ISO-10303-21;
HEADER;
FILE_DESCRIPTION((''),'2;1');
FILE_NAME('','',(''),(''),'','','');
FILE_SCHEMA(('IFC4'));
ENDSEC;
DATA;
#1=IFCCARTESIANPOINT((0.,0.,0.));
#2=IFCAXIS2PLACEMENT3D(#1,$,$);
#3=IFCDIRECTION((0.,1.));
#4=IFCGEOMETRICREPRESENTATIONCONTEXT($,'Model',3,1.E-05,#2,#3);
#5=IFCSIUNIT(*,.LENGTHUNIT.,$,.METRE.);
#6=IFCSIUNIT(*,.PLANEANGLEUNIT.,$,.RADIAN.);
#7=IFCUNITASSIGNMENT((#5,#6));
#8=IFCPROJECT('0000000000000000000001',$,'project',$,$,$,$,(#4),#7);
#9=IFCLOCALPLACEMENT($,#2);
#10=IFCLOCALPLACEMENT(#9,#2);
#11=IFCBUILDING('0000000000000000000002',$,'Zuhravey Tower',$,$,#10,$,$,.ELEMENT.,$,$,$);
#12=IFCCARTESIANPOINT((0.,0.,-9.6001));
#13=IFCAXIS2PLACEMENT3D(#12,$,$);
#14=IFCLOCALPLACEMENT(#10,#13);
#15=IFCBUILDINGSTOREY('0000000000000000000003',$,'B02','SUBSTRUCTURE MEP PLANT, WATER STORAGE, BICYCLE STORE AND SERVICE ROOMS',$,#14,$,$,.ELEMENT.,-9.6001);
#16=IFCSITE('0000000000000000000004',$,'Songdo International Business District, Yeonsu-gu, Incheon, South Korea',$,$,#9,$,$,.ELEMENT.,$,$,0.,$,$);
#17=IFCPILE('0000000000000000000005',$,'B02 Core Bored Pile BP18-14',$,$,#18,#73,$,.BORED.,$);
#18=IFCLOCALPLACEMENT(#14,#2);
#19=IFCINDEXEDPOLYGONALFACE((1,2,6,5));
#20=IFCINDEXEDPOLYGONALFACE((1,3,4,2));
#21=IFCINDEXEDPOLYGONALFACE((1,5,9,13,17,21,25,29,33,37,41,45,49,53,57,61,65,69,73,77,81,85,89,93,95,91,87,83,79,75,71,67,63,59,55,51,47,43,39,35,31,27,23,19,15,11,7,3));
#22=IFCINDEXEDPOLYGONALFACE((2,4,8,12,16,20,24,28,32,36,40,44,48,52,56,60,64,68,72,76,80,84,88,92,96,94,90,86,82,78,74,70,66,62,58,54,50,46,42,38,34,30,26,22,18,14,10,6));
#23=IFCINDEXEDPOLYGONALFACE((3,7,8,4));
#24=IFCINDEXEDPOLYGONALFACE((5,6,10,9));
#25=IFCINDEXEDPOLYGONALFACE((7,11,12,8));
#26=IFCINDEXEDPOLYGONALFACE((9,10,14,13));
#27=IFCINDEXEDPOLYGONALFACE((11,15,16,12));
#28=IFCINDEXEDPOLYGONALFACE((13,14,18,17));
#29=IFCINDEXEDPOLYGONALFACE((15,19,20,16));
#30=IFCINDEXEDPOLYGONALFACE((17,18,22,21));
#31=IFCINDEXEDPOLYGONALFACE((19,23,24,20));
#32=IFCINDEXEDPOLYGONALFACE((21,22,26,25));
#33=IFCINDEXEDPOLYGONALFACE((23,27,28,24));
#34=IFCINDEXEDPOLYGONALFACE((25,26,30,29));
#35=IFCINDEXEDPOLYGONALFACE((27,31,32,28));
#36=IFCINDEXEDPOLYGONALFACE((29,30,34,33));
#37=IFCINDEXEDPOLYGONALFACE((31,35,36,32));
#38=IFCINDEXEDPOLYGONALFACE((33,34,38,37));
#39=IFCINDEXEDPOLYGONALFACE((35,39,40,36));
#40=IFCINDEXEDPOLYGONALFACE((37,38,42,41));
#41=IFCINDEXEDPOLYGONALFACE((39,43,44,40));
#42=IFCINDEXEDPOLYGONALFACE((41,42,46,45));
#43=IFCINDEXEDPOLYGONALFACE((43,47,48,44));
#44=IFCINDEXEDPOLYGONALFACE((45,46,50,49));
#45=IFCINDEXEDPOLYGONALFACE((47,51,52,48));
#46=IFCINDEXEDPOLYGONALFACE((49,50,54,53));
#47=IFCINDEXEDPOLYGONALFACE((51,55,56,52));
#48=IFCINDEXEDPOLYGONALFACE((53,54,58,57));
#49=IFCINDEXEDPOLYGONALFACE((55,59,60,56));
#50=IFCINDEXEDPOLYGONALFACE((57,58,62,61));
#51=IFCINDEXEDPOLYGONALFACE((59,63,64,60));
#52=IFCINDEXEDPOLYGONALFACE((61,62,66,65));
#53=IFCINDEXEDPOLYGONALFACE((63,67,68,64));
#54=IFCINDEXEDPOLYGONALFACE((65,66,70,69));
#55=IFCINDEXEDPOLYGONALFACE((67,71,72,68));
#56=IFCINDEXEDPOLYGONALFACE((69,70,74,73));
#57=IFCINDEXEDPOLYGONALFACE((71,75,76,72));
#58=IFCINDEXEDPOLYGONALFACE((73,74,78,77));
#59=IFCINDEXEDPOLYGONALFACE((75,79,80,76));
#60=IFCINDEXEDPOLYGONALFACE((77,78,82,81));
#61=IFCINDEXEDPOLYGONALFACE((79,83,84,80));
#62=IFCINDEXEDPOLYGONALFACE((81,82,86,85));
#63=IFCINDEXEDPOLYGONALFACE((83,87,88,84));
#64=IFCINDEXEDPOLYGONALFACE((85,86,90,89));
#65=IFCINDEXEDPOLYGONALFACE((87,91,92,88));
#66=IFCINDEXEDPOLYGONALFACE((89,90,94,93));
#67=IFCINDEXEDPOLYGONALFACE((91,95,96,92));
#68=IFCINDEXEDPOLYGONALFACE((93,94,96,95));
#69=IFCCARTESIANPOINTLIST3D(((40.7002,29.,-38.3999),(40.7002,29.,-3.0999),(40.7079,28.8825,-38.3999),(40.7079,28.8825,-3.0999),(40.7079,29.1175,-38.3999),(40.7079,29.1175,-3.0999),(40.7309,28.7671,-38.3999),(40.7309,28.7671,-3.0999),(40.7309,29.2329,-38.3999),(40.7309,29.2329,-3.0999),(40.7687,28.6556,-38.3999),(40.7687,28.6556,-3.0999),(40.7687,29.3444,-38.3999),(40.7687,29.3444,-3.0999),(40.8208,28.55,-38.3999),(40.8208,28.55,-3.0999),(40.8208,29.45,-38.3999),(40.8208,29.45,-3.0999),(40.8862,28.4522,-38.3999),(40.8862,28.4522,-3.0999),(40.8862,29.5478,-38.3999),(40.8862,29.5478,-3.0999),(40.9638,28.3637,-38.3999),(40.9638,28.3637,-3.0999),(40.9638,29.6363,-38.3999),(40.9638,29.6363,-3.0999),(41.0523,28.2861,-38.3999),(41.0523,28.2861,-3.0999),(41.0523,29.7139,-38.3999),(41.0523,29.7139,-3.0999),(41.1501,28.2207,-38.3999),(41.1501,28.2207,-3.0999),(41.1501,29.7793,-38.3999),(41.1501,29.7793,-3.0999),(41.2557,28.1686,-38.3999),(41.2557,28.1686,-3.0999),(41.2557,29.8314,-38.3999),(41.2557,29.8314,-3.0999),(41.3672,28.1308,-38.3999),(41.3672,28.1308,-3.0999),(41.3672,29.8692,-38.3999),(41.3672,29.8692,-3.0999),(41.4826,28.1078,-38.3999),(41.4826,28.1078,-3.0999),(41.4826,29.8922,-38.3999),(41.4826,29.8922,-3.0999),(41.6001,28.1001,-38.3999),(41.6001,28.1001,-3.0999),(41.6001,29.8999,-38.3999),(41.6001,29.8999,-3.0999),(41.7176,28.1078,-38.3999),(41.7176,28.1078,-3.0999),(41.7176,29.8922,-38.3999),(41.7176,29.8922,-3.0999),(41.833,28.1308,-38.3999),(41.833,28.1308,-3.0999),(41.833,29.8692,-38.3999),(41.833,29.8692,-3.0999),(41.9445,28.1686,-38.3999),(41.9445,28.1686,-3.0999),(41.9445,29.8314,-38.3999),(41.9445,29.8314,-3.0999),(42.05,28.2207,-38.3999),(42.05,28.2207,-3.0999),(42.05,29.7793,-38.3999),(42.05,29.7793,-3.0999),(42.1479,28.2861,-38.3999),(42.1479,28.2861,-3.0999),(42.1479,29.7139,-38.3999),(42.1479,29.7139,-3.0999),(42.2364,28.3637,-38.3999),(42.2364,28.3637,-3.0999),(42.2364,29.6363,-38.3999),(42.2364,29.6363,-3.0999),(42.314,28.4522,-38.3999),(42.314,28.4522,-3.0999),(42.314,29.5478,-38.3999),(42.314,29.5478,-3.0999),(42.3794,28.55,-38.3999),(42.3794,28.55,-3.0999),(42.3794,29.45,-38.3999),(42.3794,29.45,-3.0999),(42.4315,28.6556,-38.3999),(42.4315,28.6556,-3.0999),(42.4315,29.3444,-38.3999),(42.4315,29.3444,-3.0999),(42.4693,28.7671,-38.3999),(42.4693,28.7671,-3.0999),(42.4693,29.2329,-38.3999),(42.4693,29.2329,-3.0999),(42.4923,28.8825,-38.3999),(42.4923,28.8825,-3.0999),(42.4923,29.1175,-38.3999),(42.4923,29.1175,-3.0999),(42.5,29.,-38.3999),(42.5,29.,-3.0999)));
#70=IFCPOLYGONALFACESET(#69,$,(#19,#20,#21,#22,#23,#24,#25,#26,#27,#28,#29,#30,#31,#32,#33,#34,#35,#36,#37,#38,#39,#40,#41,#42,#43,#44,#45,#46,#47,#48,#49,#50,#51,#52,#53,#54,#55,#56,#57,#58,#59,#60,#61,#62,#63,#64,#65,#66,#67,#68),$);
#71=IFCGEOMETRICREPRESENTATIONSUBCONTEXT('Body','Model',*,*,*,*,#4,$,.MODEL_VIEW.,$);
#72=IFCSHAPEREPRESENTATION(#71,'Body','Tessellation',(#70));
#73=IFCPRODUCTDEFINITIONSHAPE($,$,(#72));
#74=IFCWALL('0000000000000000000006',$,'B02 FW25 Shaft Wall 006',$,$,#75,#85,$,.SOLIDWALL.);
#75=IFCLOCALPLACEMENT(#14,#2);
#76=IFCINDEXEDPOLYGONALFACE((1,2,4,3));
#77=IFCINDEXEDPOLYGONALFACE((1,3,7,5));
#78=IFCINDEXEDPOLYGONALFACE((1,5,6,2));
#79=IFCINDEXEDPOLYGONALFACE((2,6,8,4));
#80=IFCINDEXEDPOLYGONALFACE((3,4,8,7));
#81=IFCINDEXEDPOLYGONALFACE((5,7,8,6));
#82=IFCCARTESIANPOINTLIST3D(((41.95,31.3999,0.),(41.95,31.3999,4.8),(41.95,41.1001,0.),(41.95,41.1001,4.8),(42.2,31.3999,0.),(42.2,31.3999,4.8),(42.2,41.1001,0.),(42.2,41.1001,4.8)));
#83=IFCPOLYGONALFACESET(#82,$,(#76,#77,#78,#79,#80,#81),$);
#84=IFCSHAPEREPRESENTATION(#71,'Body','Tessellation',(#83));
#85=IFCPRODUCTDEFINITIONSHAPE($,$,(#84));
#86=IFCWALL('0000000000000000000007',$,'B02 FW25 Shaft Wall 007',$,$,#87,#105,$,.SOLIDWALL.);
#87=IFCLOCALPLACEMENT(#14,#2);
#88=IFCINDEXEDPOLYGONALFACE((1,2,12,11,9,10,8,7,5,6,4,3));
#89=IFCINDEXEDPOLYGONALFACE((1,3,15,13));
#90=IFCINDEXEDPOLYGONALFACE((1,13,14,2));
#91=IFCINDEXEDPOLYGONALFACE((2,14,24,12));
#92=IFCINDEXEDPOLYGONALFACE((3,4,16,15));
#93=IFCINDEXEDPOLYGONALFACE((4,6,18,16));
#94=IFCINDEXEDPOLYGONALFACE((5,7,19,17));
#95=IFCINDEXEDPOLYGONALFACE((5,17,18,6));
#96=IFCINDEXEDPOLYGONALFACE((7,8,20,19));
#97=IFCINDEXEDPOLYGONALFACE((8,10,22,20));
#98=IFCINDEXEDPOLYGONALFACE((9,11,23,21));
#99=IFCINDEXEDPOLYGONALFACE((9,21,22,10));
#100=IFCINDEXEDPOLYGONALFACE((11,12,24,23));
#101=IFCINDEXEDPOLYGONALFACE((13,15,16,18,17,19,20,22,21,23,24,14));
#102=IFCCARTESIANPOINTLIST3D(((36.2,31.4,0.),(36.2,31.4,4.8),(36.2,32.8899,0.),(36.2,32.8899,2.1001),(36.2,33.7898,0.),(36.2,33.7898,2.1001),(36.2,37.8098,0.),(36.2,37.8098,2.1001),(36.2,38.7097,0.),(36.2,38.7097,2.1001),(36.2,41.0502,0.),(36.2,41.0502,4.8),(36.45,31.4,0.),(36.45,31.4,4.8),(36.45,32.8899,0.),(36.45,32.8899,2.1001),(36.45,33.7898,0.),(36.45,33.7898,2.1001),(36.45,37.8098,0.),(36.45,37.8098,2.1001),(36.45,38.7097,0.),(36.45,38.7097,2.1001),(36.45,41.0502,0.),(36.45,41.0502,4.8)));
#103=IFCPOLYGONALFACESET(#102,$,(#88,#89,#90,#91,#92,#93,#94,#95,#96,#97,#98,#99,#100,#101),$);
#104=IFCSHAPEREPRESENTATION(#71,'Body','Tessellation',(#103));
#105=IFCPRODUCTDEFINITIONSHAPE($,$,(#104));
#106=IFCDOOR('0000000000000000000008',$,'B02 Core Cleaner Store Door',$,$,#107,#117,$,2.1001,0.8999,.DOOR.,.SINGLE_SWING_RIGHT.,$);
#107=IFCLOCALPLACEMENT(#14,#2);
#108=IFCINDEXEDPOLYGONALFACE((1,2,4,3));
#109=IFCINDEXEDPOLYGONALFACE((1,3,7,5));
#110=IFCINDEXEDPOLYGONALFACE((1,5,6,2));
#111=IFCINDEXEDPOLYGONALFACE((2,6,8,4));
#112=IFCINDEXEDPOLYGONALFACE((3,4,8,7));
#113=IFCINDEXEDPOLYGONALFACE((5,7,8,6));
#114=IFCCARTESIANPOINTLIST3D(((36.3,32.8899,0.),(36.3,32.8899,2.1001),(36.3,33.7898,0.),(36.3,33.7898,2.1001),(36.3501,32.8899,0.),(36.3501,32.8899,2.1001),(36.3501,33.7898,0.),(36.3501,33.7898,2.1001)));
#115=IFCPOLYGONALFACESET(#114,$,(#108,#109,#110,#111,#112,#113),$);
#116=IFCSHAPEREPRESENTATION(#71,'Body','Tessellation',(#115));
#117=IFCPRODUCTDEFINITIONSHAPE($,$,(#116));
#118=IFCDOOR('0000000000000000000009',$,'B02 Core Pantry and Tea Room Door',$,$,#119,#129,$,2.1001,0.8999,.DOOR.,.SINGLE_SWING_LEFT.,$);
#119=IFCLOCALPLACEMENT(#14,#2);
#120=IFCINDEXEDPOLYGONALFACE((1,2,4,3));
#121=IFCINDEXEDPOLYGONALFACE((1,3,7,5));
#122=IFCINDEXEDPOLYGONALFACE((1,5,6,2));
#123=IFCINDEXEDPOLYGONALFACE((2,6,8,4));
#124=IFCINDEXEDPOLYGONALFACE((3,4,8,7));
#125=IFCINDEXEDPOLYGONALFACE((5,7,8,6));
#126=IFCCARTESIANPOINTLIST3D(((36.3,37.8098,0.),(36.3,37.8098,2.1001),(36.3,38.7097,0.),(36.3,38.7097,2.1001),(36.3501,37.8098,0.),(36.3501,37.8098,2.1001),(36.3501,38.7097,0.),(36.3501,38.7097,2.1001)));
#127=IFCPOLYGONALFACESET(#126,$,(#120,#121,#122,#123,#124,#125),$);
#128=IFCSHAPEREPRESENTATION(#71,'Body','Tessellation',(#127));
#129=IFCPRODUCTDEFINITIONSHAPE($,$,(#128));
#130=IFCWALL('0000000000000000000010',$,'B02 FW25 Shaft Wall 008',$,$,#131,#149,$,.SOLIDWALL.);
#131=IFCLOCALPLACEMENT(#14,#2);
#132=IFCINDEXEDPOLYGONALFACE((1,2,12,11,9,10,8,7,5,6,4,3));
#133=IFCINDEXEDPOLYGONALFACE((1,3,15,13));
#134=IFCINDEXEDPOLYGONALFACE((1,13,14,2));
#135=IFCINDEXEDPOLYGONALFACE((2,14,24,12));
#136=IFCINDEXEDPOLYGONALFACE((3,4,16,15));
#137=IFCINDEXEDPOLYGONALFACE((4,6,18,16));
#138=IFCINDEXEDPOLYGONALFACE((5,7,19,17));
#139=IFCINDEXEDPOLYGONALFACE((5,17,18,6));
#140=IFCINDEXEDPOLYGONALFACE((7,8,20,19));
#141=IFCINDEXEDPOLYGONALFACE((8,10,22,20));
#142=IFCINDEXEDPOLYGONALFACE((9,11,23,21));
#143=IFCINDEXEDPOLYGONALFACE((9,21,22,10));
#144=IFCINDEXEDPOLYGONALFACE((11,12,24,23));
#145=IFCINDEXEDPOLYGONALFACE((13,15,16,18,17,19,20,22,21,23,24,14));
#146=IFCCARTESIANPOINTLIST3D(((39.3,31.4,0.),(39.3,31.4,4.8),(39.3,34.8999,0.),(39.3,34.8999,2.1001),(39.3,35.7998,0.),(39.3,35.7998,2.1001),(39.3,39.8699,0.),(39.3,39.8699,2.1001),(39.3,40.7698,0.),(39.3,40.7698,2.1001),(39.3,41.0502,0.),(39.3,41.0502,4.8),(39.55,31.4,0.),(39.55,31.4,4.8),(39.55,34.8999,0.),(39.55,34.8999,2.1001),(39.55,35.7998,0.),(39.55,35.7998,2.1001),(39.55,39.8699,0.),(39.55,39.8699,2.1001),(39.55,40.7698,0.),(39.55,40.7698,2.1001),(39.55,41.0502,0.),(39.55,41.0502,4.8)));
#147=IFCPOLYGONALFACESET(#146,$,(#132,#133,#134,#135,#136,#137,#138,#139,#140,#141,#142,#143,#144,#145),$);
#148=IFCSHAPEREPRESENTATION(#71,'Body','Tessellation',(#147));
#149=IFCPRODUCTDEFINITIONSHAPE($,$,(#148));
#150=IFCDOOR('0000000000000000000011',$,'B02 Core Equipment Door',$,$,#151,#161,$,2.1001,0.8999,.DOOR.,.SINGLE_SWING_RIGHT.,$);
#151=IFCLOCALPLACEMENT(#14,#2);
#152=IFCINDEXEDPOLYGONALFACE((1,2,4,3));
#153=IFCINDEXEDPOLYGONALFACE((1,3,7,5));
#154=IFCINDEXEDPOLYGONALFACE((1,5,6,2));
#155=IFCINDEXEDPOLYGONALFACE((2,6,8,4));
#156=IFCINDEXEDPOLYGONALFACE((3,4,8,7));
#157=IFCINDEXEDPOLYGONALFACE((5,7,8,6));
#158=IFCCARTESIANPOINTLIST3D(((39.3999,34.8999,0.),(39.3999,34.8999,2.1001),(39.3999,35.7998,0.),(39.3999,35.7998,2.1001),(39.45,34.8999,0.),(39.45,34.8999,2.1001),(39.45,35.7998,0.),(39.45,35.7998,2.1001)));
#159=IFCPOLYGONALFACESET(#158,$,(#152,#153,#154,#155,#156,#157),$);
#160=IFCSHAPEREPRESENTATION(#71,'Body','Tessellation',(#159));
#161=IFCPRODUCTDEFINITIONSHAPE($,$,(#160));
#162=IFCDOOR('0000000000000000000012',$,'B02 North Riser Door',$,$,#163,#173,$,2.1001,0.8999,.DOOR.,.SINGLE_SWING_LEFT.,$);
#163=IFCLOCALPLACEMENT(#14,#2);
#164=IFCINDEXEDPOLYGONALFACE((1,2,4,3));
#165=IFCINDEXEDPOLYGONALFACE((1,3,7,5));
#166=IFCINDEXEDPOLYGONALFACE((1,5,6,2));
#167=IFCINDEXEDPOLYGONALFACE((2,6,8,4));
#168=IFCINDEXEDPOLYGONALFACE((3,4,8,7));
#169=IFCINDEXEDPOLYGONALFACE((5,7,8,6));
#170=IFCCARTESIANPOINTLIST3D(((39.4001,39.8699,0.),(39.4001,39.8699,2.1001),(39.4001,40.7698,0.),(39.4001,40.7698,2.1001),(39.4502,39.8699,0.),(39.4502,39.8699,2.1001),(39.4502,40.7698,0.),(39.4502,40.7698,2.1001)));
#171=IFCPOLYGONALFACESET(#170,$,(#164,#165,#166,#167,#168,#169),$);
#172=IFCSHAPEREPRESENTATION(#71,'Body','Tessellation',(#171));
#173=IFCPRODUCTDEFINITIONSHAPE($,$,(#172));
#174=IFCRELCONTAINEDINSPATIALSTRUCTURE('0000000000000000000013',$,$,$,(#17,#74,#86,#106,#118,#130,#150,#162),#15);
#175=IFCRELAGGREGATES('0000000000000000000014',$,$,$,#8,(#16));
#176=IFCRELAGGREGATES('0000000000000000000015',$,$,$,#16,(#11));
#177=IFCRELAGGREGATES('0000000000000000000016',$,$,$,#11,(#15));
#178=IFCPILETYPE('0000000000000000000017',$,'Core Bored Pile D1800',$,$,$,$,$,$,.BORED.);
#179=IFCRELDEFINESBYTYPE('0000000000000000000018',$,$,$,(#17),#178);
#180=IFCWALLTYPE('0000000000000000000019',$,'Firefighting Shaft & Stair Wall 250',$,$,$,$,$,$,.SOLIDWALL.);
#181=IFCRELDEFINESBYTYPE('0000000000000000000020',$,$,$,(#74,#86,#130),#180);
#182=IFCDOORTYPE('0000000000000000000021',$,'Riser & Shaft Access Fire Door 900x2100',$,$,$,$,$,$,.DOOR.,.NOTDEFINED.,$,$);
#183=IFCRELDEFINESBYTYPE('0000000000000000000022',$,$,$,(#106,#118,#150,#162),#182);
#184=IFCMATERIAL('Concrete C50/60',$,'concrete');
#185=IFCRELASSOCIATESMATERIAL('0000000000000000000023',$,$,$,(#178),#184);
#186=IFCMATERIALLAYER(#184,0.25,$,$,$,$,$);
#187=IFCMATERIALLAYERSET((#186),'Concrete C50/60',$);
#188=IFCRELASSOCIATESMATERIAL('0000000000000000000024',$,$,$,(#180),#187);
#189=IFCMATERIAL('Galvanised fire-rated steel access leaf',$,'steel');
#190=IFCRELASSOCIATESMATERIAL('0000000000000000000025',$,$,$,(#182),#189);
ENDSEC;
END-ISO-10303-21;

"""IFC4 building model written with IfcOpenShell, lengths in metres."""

from ifc_helpers import new_model, si_unit, direction, frame, frame_2d, origin, origin_2d, place, context, subcontext, project, spatial, rectangle, circle, extrude, material, layer, layer_set, material_profile, profile_set, type_object, element, fill, save


model = new_model("IFC4")

# Units and contexts
model_context = context("Model", 3, precision=1e-05, world=origin(), true_north=direction((0.0, 1.0)))
body_context = subcontext(model_context, "Body", "Model", "MODEL_VIEW")
ifc_project = project(units=[si_unit("LENGTHUNIT", "METRE"), si_unit("PLANEANGLEUNIT", "RADIAN")], contexts=[model_context])

# Site, building, storey
site_placement = place(None, origin())
site = spatial("IfcSite", under=ifc_project, at=site_placement, Name="Songdo International Business District, Yeonsu-gu, Incheon, South Korea", CompositionType="ELEMENT", RefElevation=0.0)
building_placement = place(site_placement, origin())
building = spatial("IfcBuilding", under=site, at=building_placement, Name="Zuhravey Tower", CompositionType="ELEMENT")
storey_placement = place(building_placement, frame((0.0, 0.0, -9.6001)))
storey = spatial("IfcBuildingStorey", under=building, at=storey_placement, Name="B02", Description="SUBSTRUCTURE MEP PLANT, WATER STORAGE, BICYCLE STORE AND SERVICE ROOMS", CompositionType="ELEMENT", Elevation=-9.6001)

# Pile
ifc_material_1 = material(Name="Concrete C50/60", Category="concrete")
ifc_material_profile = material_profile(ifc_material_1, circle(Radius=0.8999, at=origin_2d()), Name="PILE-D1800")
ifc_profile_set = profile_set([ifc_material_profile], Name="Concrete C50/60")
pile_type = type_object("IfcPileType", Name="Core Bored Pile D1800", PredefinedType="BORED", material=ifc_profile_set)
for number, where, z_axis, x_axis, name in (
    (1, (41.6001, 29.0, -3.0999), (0.0, 0.0, -1.0), (1.0, 0.0, 0.0), "B02 Core Bored Pile BP18-14"),
):
    element("IfcPile", number, at=place(storey_placement, frame(where, z_axis=z_axis, x_axis=x_axis)), inside=storey, type_object=pile_type, Name=name, PredefinedType="BORED", context=body_context, shape_type="SweptSolid", body=[
        extrude(circle(Radius=0.8999, at=origin_2d()), origin(), (0.0, 0.0, 1.0), 35.3),
    ])

# Wall
ifc_layer = layer(ifc_material_1, 0.25)
ifc_layer_set = layer_set([ifc_layer], Name="Concrete C50/60")
wall_type = type_object("IfcWallType", Name="Firefighting Shaft & Stair Wall 250", PredefinedType="SOLIDWALL", material=ifc_layer_set)
wall_1_placement = place(storey_placement, frame((42.075, 31.3999, 0.0), z_axis=(0.0, 0.0, 1.0), x_axis=(0.0, 1.0, 0.0)))
element("IfcWall", 2, at=wall_1_placement, inside=storey, type_object=wall_type, Name="B02 FW25 Shaft Wall 006", PredefinedType="SOLIDWALL", context=body_context, shape_type="SweptSolid", body=[
    extrude(rectangle(XDim=9.7002, YDim=0.25, at=frame_2d((4.8501, 0.0))), origin(), (0.0, 0.0, 1.0), 4.8),
])

# Walls, openings, doors
wall_2_placement = place(storey_placement, frame((36.325, 31.3999, 0.0), z_axis=(0.0, 0.0, 1.0), x_axis=(0.0, 1.0, 0.0)))
wall_2 = element("IfcWall", 3, at=wall_2_placement, inside=storey, type_object=wall_type, Name="B02 FW25 Shaft Wall 007", PredefinedType="SOLIDWALL", context=body_context, shape_type="SweptSolid", body=[
    extrude(rectangle(XDim=9.6501, YDim=0.25, at=frame_2d((4.8252, 0.0))), origin(), (0.0, 0.0, 1.0), 4.8),
])
opening_1_placement = place(wall_2_placement, frame((1.49, 0.0, 0.0)))
opening_1 = element("IfcOpeningElement", 4, at=opening_1_placement, cuts=wall_2, PredefinedType="OPENING", context=body_context, shape_type="SweptSolid", body=[
    extrude(rectangle(XDim=0.8999, YDim=2.1001, at=frame_2d((0.45, 1.05))), frame((0.0, 0.137, 0.0), z_axis=(0.0, -1.0, 0.0), x_axis=(1.0, 0.0, 0.0)), (0.0, 0.0, 1.0), 0.2739),
])
opening_2_placement = place(wall_2_placement, frame((6.4099, 0.0, 0.0)))
opening_2 = element("IfcOpeningElement", 5, at=opening_2_placement, cuts=wall_2, PredefinedType="OPENING", context=body_context, shape_type="SweptSolid", body=[
    extrude(rectangle(XDim=0.8999, YDim=2.1001, at=frame_2d((0.45, 1.05))), frame((0.0, 0.137, 0.0), z_axis=(0.0, -1.0, 0.0), x_axis=(1.0, 0.0, 0.0)), (0.0, 0.0, 1.0), 0.2739),
])
ifc_material_2 = material(Name="Galvanised fire-rated steel access leaf", Category="steel")
door_type_1 = type_object("IfcDoorType", Name="Riser & Shaft Access Fire Door 900x2100", OperationType="NOTDEFINED", PredefinedType="DOOR", material=ifc_material_2)
door_1_placement = place(opening_1_placement, origin())
door_1 = element("IfcDoor", 6, at=door_1_placement, inside=storey, type_object=door_type_1, Name="B02 Core Cleaner Store Door", OperationType="SINGLE_SWING_RIGHT", OverallHeight=2.1001, OverallWidth=0.8999, PredefinedType="DOOR", context=body_context, shape_type="SweptSolid", body=[
    extrude(rectangle(XDim=0.8999, YDim=2.1001, at=frame_2d((0.45, 1.05))), frame((0.0, 0.0249, 0.0), z_axis=(0.0, -1.0, 0.0), x_axis=(1.0, 0.0, 0.0)), (0.0, 0.0, 1.0), 0.05),
])
fill(opening_1, door_1)
door_2_placement = place(opening_2_placement, origin())
door_2 = element("IfcDoor", 7, at=door_2_placement, inside=storey, type_object=door_type_1, Name="B02 Core Pantry and Tea Room Door", OperationType="SINGLE_SWING_LEFT", OverallHeight=2.1001, OverallWidth=0.8999, PredefinedType="DOOR", context=body_context, shape_type="SweptSolid", body=[
    extrude(rectangle(XDim=0.8999, YDim=2.1001, at=frame_2d((0.45, 1.05))), frame((0.0, 0.0249, 0.0), z_axis=(0.0, -1.0, 0.0), x_axis=(1.0, 0.0, 0.0)), (0.0, 0.0, 1.0), 0.05),
])
fill(opening_2, door_2)
wall_3_placement = place(storey_placement, frame((39.425, 31.3999, 0.0), z_axis=(0.0, 0.0, 1.0), x_axis=(0.0, 1.0, 0.0)))
wall_3 = element("IfcWall", 8, at=wall_3_placement, inside=storey, type_object=wall_type, Name="B02 FW25 Shaft Wall 008", PredefinedType="SOLIDWALL", context=body_context, shape_type="SweptSolid", body=[
    extrude(rectangle(XDim=9.6501, YDim=0.25, at=frame_2d((4.8252, 0.0))), origin(), (0.0, 0.0, 1.0), 4.8),
])
opening_3_placement = place(wall_3_placement, frame((3.5, 0.0, 0.0)))
opening_3 = element("IfcOpeningElement", 9, at=opening_3_placement, cuts=wall_3, PredefinedType="OPENING", context=body_context, shape_type="SweptSolid", body=[
    extrude(rectangle(XDim=0.8999, YDim=2.1001, at=frame_2d((0.45, 1.05))), frame((0.0, 0.137, 0.0), z_axis=(0.0, -1.0, 0.0), x_axis=(1.0, 0.0, 0.0)), (0.0, 0.0, 1.0), 0.2739),
])
opening_4_placement = place(wall_3_placement, frame((8.47, 0.0, 0.0)))
opening_4 = element("IfcOpeningElement", 10, at=opening_4_placement, cuts=wall_3, PredefinedType="OPENING", context=body_context, shape_type="SweptSolid", body=[
    extrude(rectangle(XDim=0.8999, YDim=2.1001, at=frame_2d((0.45, 1.05))), frame((0.0, 0.137, 0.0), z_axis=(0.0, -1.0, 0.0), x_axis=(1.0, 0.0, 0.0)), (0.0, 0.0, 1.0), 0.2739),
])
door_3_placement = place(opening_3_placement, frame((0.8999, 0.0, 0.0), z_axis=(0.0, 0.0, 1.0), x_axis=(-1.0, 0.0, 0.0)))
door_3 = element("IfcDoor", 11, at=door_3_placement, inside=storey, type_object=door_type_1, Name="B02 Core Equipment Door", OperationType="SINGLE_SWING_RIGHT", OverallHeight=2.1001, OverallWidth=0.8999, PredefinedType="DOOR", context=body_context, shape_type="SweptSolid", body=[
    extrude(rectangle(XDim=0.8999, YDim=2.1001, at=frame_2d((0.45, 1.05))), frame((0.0, 0.0249, 0.0), z_axis=(0.0, -1.0, 0.0), x_axis=(1.0, 0.0, 0.0)), (0.0, 0.0, 1.0), 0.05),
])
fill(opening_3, door_3)
door_4_placement = place(opening_4_placement, origin())
door_4 = element("IfcDoor", 12, at=door_4_placement, inside=storey, type_object=door_type_1, Name="B02 North Riser Door", OperationType="SINGLE_SWING_LEFT", OverallHeight=2.1001, OverallWidth=0.8999, PredefinedType="DOOR", context=body_context, shape_type="SweptSolid", body=[
    extrude(rectangle(XDim=0.8999, YDim=2.1001, at=frame_2d((0.45, 1.05))), frame((0.0, 0.0249, 0.0), z_axis=(0.0, -1.0, 0.0), x_axis=(1.0, 0.0, 0.0)), (0.0, 0.0, 1.0), 0.05),
])
fill(opening_4, door_4)

save(model, "model.ifc")
